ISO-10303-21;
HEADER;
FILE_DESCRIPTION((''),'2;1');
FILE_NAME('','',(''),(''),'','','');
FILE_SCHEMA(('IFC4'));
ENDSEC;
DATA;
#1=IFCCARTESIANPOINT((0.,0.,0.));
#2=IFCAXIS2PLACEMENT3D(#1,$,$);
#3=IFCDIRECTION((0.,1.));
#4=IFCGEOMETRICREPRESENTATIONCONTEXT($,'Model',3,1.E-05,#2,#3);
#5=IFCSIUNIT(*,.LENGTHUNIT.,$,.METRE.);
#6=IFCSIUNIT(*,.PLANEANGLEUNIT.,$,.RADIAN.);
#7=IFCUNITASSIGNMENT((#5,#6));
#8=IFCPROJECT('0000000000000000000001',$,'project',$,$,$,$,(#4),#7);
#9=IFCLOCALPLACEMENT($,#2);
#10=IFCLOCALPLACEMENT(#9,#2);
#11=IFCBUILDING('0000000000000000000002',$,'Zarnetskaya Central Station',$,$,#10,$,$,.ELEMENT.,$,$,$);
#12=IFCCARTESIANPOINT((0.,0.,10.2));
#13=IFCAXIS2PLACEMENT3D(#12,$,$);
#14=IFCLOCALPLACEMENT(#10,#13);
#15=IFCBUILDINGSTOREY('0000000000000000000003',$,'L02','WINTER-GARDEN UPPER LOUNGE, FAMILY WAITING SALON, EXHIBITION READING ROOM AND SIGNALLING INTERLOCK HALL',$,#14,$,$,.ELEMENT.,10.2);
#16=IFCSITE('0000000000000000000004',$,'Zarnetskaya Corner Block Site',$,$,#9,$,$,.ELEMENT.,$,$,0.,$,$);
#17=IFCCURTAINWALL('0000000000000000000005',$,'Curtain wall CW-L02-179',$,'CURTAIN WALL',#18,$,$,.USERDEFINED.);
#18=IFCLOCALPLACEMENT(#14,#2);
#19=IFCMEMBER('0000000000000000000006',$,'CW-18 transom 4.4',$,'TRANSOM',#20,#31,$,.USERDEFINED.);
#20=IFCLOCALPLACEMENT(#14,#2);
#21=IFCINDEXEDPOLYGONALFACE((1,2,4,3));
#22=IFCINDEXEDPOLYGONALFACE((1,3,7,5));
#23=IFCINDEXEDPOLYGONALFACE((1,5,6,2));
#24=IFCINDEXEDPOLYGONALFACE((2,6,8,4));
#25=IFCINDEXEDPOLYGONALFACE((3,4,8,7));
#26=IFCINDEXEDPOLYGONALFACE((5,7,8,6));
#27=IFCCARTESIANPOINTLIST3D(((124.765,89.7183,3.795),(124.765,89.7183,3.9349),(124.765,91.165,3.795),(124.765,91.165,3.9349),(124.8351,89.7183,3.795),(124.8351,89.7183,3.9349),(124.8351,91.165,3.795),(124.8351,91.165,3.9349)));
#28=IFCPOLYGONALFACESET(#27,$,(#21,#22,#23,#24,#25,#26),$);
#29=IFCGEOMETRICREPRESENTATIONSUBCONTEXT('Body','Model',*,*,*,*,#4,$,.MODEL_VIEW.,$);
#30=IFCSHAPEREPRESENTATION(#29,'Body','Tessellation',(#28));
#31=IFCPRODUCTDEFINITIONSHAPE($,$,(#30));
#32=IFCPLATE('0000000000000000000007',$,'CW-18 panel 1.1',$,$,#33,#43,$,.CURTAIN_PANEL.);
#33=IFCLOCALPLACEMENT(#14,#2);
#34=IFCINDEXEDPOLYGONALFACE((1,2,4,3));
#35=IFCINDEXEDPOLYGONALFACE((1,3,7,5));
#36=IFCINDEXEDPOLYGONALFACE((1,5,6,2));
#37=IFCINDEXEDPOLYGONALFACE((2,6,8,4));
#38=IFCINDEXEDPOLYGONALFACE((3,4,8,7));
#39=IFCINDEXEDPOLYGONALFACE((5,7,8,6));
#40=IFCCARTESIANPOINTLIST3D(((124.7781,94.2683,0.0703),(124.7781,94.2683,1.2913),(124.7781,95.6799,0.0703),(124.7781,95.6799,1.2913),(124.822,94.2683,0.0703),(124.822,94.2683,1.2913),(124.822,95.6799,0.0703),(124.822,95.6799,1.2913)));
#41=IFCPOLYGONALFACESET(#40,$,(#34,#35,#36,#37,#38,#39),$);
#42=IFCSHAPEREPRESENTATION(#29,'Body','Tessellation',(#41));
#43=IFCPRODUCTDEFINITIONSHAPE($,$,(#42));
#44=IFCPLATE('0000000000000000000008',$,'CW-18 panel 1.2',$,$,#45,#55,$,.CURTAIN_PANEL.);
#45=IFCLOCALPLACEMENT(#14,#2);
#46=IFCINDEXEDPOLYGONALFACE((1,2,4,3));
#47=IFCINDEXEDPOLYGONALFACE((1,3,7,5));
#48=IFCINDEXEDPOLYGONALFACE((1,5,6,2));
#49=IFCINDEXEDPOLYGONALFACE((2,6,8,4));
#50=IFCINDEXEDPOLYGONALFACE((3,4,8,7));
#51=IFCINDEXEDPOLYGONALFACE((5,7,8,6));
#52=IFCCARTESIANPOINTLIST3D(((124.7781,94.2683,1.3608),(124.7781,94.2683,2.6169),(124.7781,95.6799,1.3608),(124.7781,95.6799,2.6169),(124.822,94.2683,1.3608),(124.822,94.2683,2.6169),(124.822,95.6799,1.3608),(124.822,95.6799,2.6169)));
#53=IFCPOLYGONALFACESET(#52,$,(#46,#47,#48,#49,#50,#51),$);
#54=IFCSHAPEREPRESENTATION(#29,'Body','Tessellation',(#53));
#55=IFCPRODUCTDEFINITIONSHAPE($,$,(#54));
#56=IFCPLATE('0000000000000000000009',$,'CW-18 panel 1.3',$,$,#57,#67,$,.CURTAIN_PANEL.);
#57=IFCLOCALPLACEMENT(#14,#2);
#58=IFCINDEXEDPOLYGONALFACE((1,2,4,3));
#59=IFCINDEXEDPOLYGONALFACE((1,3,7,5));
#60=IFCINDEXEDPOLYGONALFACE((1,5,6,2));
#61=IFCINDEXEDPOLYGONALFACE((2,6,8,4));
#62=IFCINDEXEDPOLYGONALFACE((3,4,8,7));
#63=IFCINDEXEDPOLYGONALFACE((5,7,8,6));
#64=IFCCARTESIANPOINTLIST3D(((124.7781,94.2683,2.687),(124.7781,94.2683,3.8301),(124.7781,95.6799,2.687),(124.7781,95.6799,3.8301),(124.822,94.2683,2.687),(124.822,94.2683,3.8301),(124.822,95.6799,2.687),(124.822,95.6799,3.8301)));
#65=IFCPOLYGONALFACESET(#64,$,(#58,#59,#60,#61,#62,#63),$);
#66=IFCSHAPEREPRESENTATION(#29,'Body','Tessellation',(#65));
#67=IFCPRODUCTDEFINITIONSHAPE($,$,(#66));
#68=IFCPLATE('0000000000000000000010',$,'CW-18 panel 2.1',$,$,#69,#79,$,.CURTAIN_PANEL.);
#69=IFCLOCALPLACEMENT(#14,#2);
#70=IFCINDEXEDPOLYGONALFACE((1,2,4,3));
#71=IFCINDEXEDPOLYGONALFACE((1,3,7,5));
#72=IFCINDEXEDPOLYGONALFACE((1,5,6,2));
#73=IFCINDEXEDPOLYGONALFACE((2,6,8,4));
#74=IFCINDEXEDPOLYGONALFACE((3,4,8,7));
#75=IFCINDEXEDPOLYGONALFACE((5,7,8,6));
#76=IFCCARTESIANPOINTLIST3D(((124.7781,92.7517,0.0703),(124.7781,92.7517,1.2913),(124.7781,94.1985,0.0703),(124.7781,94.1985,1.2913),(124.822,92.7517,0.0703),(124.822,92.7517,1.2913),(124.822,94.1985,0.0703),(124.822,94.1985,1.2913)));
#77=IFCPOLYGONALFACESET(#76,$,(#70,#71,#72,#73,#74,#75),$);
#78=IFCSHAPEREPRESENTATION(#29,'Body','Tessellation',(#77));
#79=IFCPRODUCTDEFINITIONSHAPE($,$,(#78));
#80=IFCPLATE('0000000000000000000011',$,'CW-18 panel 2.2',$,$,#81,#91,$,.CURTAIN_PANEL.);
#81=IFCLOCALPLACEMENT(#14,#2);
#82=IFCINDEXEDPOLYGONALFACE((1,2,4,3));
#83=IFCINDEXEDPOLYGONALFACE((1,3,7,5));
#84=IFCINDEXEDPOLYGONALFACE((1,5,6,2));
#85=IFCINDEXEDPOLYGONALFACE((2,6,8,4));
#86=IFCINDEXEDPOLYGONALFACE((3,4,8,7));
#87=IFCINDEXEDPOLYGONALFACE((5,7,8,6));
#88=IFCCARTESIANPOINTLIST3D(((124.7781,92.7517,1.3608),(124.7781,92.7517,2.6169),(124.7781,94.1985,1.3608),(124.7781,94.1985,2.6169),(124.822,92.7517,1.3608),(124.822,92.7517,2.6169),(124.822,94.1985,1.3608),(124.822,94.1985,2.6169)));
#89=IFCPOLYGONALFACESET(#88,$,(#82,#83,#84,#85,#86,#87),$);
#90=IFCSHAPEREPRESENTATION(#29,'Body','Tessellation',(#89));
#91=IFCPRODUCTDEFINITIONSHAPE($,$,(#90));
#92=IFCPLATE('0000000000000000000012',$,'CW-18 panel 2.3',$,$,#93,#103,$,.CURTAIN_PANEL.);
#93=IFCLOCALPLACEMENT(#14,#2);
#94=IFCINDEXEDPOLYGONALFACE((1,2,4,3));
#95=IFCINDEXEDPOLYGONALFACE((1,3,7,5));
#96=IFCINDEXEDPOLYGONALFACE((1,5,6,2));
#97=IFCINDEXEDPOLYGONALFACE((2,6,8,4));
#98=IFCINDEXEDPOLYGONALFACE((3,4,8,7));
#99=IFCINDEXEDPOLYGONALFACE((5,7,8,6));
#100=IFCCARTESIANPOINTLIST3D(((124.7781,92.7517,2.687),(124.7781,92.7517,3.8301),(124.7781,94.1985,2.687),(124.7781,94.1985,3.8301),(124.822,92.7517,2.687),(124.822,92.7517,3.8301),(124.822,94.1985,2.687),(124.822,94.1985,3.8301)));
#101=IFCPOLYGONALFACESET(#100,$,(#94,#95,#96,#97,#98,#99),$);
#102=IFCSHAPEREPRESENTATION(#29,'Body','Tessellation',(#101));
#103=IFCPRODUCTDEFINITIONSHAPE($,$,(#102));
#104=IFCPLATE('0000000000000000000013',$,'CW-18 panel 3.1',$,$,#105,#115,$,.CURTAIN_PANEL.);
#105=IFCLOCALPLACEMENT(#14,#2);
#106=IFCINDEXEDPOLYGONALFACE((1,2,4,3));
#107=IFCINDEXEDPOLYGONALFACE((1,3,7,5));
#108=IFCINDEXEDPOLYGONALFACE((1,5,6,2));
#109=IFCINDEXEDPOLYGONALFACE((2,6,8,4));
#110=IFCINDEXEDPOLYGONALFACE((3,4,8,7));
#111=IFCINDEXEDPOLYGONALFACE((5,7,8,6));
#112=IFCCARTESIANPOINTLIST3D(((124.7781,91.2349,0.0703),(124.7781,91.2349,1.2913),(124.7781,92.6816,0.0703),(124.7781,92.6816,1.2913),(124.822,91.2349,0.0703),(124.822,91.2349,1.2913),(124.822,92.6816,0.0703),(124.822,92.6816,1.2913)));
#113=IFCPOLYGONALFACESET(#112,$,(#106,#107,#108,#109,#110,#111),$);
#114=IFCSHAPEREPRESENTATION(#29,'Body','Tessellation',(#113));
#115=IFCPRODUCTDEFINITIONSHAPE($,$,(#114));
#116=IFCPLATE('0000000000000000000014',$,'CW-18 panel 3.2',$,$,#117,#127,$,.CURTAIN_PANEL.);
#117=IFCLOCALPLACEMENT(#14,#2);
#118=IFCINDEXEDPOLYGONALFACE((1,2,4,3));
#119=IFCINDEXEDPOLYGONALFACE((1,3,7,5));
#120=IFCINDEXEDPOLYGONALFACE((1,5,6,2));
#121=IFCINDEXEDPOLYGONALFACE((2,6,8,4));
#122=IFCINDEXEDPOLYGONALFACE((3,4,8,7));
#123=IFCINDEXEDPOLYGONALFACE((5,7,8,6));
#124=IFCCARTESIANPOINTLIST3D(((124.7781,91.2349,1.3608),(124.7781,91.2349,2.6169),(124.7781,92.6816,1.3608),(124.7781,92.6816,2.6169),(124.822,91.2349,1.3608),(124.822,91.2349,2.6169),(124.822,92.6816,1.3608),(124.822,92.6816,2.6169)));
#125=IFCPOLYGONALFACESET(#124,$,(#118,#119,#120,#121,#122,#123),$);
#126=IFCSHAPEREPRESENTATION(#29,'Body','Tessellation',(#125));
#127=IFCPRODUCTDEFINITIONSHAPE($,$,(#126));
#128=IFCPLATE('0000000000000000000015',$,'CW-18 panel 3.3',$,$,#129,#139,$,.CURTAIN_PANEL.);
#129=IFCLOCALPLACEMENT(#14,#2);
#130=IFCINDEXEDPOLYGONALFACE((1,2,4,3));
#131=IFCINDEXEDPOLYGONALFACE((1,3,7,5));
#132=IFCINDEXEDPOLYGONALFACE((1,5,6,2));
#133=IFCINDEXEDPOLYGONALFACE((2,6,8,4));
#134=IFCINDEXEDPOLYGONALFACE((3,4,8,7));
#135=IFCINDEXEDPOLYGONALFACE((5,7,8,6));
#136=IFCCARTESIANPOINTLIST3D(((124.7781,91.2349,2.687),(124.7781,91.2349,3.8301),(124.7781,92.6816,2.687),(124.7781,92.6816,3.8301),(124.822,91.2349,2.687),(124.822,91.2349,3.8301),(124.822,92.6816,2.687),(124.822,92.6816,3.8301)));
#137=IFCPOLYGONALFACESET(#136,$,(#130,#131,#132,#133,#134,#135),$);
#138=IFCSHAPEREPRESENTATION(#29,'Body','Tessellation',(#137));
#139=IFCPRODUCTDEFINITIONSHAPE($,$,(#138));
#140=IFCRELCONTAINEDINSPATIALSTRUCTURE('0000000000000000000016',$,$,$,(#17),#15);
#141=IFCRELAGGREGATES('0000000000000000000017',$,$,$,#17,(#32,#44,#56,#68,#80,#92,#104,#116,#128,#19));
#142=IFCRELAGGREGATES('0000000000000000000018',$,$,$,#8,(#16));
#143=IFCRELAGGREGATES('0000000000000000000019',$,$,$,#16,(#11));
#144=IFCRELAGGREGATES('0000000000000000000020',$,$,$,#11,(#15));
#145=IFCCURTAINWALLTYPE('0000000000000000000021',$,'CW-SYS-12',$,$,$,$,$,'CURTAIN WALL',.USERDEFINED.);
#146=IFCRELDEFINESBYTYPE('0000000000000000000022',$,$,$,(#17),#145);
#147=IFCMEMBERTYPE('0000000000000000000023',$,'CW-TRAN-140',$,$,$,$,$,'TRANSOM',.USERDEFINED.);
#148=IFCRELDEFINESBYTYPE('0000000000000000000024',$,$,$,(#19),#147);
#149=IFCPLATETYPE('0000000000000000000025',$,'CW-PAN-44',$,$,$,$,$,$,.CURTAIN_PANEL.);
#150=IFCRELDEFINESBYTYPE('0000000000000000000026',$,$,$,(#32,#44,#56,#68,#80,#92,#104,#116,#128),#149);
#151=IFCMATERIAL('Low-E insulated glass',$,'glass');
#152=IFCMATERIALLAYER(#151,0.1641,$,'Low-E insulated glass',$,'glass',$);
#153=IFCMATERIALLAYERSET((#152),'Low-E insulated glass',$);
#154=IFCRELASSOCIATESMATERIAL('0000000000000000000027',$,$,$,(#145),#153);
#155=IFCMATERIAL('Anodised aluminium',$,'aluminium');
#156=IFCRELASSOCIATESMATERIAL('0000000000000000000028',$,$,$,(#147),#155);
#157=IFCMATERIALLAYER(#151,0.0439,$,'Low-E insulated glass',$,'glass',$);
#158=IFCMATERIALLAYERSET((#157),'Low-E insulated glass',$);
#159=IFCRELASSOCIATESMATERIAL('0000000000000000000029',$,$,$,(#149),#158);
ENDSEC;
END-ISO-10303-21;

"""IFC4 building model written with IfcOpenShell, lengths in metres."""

from ifc_helpers import new_model, si_unit, direction, frame, origin, origin_2d, place, context, subcontext, project, spatial, rectangle, extrude, material, layer, layer_set, material_profile, profile_set, type_object, element, aggregate, save


model = new_model("IFC4")

# Units and contexts
model_context = context("Model", 3, precision=1e-05, world=origin(), true_north=direction((0.0, 1.0)))
body_context = subcontext(model_context, "Body", "Model", "MODEL_VIEW")
ifc_project = project(units=[si_unit("LENGTHUNIT", "METRE"), si_unit("PLANEANGLEUNIT", "RADIAN")], contexts=[model_context])

# Site, building, storey
site_placement = place(None, origin())
site = spatial("IfcSite", under=ifc_project, at=site_placement, Name="Zarnetskaya Corner Block Site", CompositionType="ELEMENT", RefElevation=0.0)
building_placement = place(site_placement, origin())
building = spatial("IfcBuilding", under=site, at=building_placement, Name="Zarnetskaya Central Station", CompositionType="ELEMENT")
storey_placement = place(building_placement, frame((0.0, 0.0, 10.2)))
storey = spatial("IfcBuildingStorey", under=building, at=storey_placement, Name="L02", Description="WINTER-GARDEN UPPER LOUNGE, FAMILY WAITING SALON, EXHIBITION READING ROOM AND SIGNALLING INTERLOCK HALL", CompositionType="ELEMENT", Elevation=10.2)

# Curtain wall, member, plates
ifc_material_1 = material(Name="Low-E insulated glass", Category="glass")
ifc_layer_1 = layer(ifc_material_1, 0.1641, Name="Low-E insulated glass", Category="glass")
ifc_layer_set_1 = layer_set([ifc_layer_1], Name="Low-E insulated glass")
curtain_wall_type = type_object("IfcCurtainWallType", Name="CW-SYS-12", ElementType="CURTAIN WALL", PredefinedType="USERDEFINED", material=ifc_layer_set_1)
curtain_wall_placement = place(storey_placement, origin())
curtain_wall = element("IfcCurtainWall", 1, at=curtain_wall_placement, inside=storey, type_object=curtain_wall_type, Name="Curtain wall CW-L02-179", ObjectType="CURTAIN WALL", PredefinedType="USERDEFINED")
ifc_material_2 = material(Name="Anodised aluminium", Category="aluminium")
ifc_material_profile_1 = material_profile(ifc_material_2, rectangle(XDim=0.0701, YDim=0.1399, at=origin_2d()), Name="ALU TRAN 70x140")
ifc_profile_set_1 = profile_set([ifc_material_profile_1], Name="Anodised aluminium")
member_type_1 = type_object("IfcMemberType", Name="CW-TRAN-140", ElementType="TRANSOM", PredefinedType="USERDEFINED", material=ifc_profile_set_1)
member_1_placement = place(storey_placement, frame((124.8, 91.165, 3.865), z_axis=(0.0, -1.0, 0.0), x_axis=(1.0, 0.0, 0.0)))
member_1 = element("IfcMember", 2, at=member_1_placement, type_object=member_type_1, Name="CW-18 transom 4.4", ObjectType="TRANSOM", PredefinedType="USERDEFINED", context=body_context, shape_type="SweptSolid", body=[
    extrude(rectangle(XDim=0.0701, YDim=0.1399, at=origin_2d()), origin(), (0.0, 0.0, 1.0), 1.4468),
])
ifc_layer_2 = layer(ifc_material_1, 0.0439, Name="Low-E insulated glass", Category="glass")
ifc_layer_set_2 = layer_set([ifc_layer_2], Name="Low-E insulated glass")
plate_type = type_object("IfcPlateType", Name="CW-PAN-44", PredefinedType="CURTAIN_PANEL", material=ifc_layer_set_2)
plate_1_placement = place(storey_placement, frame((124.8, 94.9741, 0.0703), z_axis=(0.0, 0.0, 1.0), x_axis=(0.0, -1.0, 0.0)))
plate_1 = element("IfcPlate", 3, at=plate_1_placement, type_object=plate_type, Name="CW-18 panel 1.1", PredefinedType="CURTAIN_PANEL", context=body_context, shape_type="SweptSolid", body=[
    extrude(rectangle(XDim=1.4116, YDim=0.0439, at=origin_2d()), origin(), (0.0, 0.0, 1.0), 1.2209),
])
plate_2_placement = place(storey_placement, frame((124.8, 94.9741, 1.3608), z_axis=(0.0, 0.0, 1.0), x_axis=(0.0, -1.0, 0.0)))
plate_2 = element("IfcPlate", 4, at=plate_2_placement, type_object=plate_type, Name="CW-18 panel 1.2", PredefinedType="CURTAIN_PANEL", context=body_context, shape_type="SweptSolid", body=[
    extrude(rectangle(XDim=1.4116, YDim=0.0439, at=origin_2d()), origin(), (0.0, 0.0, 1.0), 1.2561),
])
plate_3_placement = place(storey_placement, frame((124.8, 94.9741, 2.687), z_axis=(0.0, 0.0, 1.0), x_axis=(0.0, -1.0, 0.0)))
plate_3 = element("IfcPlate", 5, at=plate_3_placement, type_object=plate_type, Name="CW-18 panel 1.3", PredefinedType="CURTAIN_PANEL", context=body_context, shape_type="SweptSolid", body=[
    extrude(rectangle(XDim=1.4116, YDim=0.0439, at=origin_2d()), origin(), (0.0, 0.0, 1.0), 1.1431),
])
plate_4_placement = place(storey_placement, frame((124.8, 93.4751, 0.0703), z_axis=(0.0, 0.0, 1.0), x_axis=(0.0, -1.0, 0.0)))
plate_4 = element("IfcPlate", 6, at=plate_4_placement, type_object=plate_type, Name="CW-18 panel 2.1", PredefinedType="CURTAIN_PANEL", context=body_context, shape_type="SweptSolid", body=[
    extrude(rectangle(XDim=1.4468, YDim=0.0439, at=origin_2d()), origin(), (0.0, 0.0, 1.0), 1.2209),
])
plate_5_placement = place(storey_placement, frame((124.8, 93.4751, 1.3608), z_axis=(0.0, 0.0, 1.0), x_axis=(0.0, -1.0, 0.0)))
plate_5 = element("IfcPlate", 7, at=plate_5_placement, type_object=plate_type, Name="CW-18 panel 2.2", PredefinedType="CURTAIN_PANEL", context=body_context, shape_type="SweptSolid", body=[
    extrude(rectangle(XDim=1.4468, YDim=0.0439, at=origin_2d()), origin(), (0.0, 0.0, 1.0), 1.2561),
])
plate_6_placement = place(storey_placement, frame((124.8, 93.4751, 2.687), z_axis=(0.0, 0.0, 1.0), x_axis=(0.0, -1.0, 0.0)))
plate_6 = element("IfcPlate", 8, at=plate_6_placement, type_object=plate_type, Name="CW-18 panel 2.3", PredefinedType="CURTAIN_PANEL", context=body_context, shape_type="SweptSolid", body=[
    extrude(rectangle(XDim=1.4468, YDim=0.0439, at=origin_2d()), origin(), (0.0, 0.0, 1.0), 1.1431),
])
plate_7_placement = place(storey_placement, frame((124.8, 91.9583, 0.0703), z_axis=(0.0, 0.0, 1.0), x_axis=(0.0, -1.0, 0.0)))
plate_7 = element("IfcPlate", 9, at=plate_7_placement, type_object=plate_type, Name="CW-18 panel 3.1", PredefinedType="CURTAIN_PANEL", context=body_context, shape_type="SweptSolid", body=[
    extrude(rectangle(XDim=1.4468, YDim=0.0439, at=origin_2d()), origin(), (0.0, 0.0, 1.0), 1.2209),
])
plate_8_placement = place(storey_placement, frame((124.8, 91.9583, 1.3608), z_axis=(0.0, 0.0, 1.0), x_axis=(0.0, -1.0, 0.0)))
plate_8 = element("IfcPlate", 10, at=plate_8_placement, type_object=plate_type, Name="CW-18 panel 3.2", PredefinedType="CURTAIN_PANEL", context=body_context, shape_type="SweptSolid", body=[
    extrude(rectangle(XDim=1.4468, YDim=0.0439, at=origin_2d()), origin(), (0.0, 0.0, 1.0), 1.2561),
])
plate_9_placement = place(storey_placement, frame((124.8, 91.9583, 2.687), z_axis=(0.0, 0.0, 1.0), x_axis=(0.0, -1.0, 0.0)))
plate_9 = element("IfcPlate", 11, at=plate_9_placement, type_object=plate_type, Name="CW-18 panel 3.3", PredefinedType="CURTAIN_PANEL", context=body_context, shape_type="SweptSolid", body=[
    extrude(rectangle(XDim=1.4468, YDim=0.0439, at=origin_2d()), origin(), (0.0, 0.0, 1.0), 1.1431),
])
aggregate(curtain_wall, [plate_1, plate_2, plate_3, plate_4, plate_5, plate_6, plate_7, plate_8, plate_9, member_1])

save(model, "model.ifc")
